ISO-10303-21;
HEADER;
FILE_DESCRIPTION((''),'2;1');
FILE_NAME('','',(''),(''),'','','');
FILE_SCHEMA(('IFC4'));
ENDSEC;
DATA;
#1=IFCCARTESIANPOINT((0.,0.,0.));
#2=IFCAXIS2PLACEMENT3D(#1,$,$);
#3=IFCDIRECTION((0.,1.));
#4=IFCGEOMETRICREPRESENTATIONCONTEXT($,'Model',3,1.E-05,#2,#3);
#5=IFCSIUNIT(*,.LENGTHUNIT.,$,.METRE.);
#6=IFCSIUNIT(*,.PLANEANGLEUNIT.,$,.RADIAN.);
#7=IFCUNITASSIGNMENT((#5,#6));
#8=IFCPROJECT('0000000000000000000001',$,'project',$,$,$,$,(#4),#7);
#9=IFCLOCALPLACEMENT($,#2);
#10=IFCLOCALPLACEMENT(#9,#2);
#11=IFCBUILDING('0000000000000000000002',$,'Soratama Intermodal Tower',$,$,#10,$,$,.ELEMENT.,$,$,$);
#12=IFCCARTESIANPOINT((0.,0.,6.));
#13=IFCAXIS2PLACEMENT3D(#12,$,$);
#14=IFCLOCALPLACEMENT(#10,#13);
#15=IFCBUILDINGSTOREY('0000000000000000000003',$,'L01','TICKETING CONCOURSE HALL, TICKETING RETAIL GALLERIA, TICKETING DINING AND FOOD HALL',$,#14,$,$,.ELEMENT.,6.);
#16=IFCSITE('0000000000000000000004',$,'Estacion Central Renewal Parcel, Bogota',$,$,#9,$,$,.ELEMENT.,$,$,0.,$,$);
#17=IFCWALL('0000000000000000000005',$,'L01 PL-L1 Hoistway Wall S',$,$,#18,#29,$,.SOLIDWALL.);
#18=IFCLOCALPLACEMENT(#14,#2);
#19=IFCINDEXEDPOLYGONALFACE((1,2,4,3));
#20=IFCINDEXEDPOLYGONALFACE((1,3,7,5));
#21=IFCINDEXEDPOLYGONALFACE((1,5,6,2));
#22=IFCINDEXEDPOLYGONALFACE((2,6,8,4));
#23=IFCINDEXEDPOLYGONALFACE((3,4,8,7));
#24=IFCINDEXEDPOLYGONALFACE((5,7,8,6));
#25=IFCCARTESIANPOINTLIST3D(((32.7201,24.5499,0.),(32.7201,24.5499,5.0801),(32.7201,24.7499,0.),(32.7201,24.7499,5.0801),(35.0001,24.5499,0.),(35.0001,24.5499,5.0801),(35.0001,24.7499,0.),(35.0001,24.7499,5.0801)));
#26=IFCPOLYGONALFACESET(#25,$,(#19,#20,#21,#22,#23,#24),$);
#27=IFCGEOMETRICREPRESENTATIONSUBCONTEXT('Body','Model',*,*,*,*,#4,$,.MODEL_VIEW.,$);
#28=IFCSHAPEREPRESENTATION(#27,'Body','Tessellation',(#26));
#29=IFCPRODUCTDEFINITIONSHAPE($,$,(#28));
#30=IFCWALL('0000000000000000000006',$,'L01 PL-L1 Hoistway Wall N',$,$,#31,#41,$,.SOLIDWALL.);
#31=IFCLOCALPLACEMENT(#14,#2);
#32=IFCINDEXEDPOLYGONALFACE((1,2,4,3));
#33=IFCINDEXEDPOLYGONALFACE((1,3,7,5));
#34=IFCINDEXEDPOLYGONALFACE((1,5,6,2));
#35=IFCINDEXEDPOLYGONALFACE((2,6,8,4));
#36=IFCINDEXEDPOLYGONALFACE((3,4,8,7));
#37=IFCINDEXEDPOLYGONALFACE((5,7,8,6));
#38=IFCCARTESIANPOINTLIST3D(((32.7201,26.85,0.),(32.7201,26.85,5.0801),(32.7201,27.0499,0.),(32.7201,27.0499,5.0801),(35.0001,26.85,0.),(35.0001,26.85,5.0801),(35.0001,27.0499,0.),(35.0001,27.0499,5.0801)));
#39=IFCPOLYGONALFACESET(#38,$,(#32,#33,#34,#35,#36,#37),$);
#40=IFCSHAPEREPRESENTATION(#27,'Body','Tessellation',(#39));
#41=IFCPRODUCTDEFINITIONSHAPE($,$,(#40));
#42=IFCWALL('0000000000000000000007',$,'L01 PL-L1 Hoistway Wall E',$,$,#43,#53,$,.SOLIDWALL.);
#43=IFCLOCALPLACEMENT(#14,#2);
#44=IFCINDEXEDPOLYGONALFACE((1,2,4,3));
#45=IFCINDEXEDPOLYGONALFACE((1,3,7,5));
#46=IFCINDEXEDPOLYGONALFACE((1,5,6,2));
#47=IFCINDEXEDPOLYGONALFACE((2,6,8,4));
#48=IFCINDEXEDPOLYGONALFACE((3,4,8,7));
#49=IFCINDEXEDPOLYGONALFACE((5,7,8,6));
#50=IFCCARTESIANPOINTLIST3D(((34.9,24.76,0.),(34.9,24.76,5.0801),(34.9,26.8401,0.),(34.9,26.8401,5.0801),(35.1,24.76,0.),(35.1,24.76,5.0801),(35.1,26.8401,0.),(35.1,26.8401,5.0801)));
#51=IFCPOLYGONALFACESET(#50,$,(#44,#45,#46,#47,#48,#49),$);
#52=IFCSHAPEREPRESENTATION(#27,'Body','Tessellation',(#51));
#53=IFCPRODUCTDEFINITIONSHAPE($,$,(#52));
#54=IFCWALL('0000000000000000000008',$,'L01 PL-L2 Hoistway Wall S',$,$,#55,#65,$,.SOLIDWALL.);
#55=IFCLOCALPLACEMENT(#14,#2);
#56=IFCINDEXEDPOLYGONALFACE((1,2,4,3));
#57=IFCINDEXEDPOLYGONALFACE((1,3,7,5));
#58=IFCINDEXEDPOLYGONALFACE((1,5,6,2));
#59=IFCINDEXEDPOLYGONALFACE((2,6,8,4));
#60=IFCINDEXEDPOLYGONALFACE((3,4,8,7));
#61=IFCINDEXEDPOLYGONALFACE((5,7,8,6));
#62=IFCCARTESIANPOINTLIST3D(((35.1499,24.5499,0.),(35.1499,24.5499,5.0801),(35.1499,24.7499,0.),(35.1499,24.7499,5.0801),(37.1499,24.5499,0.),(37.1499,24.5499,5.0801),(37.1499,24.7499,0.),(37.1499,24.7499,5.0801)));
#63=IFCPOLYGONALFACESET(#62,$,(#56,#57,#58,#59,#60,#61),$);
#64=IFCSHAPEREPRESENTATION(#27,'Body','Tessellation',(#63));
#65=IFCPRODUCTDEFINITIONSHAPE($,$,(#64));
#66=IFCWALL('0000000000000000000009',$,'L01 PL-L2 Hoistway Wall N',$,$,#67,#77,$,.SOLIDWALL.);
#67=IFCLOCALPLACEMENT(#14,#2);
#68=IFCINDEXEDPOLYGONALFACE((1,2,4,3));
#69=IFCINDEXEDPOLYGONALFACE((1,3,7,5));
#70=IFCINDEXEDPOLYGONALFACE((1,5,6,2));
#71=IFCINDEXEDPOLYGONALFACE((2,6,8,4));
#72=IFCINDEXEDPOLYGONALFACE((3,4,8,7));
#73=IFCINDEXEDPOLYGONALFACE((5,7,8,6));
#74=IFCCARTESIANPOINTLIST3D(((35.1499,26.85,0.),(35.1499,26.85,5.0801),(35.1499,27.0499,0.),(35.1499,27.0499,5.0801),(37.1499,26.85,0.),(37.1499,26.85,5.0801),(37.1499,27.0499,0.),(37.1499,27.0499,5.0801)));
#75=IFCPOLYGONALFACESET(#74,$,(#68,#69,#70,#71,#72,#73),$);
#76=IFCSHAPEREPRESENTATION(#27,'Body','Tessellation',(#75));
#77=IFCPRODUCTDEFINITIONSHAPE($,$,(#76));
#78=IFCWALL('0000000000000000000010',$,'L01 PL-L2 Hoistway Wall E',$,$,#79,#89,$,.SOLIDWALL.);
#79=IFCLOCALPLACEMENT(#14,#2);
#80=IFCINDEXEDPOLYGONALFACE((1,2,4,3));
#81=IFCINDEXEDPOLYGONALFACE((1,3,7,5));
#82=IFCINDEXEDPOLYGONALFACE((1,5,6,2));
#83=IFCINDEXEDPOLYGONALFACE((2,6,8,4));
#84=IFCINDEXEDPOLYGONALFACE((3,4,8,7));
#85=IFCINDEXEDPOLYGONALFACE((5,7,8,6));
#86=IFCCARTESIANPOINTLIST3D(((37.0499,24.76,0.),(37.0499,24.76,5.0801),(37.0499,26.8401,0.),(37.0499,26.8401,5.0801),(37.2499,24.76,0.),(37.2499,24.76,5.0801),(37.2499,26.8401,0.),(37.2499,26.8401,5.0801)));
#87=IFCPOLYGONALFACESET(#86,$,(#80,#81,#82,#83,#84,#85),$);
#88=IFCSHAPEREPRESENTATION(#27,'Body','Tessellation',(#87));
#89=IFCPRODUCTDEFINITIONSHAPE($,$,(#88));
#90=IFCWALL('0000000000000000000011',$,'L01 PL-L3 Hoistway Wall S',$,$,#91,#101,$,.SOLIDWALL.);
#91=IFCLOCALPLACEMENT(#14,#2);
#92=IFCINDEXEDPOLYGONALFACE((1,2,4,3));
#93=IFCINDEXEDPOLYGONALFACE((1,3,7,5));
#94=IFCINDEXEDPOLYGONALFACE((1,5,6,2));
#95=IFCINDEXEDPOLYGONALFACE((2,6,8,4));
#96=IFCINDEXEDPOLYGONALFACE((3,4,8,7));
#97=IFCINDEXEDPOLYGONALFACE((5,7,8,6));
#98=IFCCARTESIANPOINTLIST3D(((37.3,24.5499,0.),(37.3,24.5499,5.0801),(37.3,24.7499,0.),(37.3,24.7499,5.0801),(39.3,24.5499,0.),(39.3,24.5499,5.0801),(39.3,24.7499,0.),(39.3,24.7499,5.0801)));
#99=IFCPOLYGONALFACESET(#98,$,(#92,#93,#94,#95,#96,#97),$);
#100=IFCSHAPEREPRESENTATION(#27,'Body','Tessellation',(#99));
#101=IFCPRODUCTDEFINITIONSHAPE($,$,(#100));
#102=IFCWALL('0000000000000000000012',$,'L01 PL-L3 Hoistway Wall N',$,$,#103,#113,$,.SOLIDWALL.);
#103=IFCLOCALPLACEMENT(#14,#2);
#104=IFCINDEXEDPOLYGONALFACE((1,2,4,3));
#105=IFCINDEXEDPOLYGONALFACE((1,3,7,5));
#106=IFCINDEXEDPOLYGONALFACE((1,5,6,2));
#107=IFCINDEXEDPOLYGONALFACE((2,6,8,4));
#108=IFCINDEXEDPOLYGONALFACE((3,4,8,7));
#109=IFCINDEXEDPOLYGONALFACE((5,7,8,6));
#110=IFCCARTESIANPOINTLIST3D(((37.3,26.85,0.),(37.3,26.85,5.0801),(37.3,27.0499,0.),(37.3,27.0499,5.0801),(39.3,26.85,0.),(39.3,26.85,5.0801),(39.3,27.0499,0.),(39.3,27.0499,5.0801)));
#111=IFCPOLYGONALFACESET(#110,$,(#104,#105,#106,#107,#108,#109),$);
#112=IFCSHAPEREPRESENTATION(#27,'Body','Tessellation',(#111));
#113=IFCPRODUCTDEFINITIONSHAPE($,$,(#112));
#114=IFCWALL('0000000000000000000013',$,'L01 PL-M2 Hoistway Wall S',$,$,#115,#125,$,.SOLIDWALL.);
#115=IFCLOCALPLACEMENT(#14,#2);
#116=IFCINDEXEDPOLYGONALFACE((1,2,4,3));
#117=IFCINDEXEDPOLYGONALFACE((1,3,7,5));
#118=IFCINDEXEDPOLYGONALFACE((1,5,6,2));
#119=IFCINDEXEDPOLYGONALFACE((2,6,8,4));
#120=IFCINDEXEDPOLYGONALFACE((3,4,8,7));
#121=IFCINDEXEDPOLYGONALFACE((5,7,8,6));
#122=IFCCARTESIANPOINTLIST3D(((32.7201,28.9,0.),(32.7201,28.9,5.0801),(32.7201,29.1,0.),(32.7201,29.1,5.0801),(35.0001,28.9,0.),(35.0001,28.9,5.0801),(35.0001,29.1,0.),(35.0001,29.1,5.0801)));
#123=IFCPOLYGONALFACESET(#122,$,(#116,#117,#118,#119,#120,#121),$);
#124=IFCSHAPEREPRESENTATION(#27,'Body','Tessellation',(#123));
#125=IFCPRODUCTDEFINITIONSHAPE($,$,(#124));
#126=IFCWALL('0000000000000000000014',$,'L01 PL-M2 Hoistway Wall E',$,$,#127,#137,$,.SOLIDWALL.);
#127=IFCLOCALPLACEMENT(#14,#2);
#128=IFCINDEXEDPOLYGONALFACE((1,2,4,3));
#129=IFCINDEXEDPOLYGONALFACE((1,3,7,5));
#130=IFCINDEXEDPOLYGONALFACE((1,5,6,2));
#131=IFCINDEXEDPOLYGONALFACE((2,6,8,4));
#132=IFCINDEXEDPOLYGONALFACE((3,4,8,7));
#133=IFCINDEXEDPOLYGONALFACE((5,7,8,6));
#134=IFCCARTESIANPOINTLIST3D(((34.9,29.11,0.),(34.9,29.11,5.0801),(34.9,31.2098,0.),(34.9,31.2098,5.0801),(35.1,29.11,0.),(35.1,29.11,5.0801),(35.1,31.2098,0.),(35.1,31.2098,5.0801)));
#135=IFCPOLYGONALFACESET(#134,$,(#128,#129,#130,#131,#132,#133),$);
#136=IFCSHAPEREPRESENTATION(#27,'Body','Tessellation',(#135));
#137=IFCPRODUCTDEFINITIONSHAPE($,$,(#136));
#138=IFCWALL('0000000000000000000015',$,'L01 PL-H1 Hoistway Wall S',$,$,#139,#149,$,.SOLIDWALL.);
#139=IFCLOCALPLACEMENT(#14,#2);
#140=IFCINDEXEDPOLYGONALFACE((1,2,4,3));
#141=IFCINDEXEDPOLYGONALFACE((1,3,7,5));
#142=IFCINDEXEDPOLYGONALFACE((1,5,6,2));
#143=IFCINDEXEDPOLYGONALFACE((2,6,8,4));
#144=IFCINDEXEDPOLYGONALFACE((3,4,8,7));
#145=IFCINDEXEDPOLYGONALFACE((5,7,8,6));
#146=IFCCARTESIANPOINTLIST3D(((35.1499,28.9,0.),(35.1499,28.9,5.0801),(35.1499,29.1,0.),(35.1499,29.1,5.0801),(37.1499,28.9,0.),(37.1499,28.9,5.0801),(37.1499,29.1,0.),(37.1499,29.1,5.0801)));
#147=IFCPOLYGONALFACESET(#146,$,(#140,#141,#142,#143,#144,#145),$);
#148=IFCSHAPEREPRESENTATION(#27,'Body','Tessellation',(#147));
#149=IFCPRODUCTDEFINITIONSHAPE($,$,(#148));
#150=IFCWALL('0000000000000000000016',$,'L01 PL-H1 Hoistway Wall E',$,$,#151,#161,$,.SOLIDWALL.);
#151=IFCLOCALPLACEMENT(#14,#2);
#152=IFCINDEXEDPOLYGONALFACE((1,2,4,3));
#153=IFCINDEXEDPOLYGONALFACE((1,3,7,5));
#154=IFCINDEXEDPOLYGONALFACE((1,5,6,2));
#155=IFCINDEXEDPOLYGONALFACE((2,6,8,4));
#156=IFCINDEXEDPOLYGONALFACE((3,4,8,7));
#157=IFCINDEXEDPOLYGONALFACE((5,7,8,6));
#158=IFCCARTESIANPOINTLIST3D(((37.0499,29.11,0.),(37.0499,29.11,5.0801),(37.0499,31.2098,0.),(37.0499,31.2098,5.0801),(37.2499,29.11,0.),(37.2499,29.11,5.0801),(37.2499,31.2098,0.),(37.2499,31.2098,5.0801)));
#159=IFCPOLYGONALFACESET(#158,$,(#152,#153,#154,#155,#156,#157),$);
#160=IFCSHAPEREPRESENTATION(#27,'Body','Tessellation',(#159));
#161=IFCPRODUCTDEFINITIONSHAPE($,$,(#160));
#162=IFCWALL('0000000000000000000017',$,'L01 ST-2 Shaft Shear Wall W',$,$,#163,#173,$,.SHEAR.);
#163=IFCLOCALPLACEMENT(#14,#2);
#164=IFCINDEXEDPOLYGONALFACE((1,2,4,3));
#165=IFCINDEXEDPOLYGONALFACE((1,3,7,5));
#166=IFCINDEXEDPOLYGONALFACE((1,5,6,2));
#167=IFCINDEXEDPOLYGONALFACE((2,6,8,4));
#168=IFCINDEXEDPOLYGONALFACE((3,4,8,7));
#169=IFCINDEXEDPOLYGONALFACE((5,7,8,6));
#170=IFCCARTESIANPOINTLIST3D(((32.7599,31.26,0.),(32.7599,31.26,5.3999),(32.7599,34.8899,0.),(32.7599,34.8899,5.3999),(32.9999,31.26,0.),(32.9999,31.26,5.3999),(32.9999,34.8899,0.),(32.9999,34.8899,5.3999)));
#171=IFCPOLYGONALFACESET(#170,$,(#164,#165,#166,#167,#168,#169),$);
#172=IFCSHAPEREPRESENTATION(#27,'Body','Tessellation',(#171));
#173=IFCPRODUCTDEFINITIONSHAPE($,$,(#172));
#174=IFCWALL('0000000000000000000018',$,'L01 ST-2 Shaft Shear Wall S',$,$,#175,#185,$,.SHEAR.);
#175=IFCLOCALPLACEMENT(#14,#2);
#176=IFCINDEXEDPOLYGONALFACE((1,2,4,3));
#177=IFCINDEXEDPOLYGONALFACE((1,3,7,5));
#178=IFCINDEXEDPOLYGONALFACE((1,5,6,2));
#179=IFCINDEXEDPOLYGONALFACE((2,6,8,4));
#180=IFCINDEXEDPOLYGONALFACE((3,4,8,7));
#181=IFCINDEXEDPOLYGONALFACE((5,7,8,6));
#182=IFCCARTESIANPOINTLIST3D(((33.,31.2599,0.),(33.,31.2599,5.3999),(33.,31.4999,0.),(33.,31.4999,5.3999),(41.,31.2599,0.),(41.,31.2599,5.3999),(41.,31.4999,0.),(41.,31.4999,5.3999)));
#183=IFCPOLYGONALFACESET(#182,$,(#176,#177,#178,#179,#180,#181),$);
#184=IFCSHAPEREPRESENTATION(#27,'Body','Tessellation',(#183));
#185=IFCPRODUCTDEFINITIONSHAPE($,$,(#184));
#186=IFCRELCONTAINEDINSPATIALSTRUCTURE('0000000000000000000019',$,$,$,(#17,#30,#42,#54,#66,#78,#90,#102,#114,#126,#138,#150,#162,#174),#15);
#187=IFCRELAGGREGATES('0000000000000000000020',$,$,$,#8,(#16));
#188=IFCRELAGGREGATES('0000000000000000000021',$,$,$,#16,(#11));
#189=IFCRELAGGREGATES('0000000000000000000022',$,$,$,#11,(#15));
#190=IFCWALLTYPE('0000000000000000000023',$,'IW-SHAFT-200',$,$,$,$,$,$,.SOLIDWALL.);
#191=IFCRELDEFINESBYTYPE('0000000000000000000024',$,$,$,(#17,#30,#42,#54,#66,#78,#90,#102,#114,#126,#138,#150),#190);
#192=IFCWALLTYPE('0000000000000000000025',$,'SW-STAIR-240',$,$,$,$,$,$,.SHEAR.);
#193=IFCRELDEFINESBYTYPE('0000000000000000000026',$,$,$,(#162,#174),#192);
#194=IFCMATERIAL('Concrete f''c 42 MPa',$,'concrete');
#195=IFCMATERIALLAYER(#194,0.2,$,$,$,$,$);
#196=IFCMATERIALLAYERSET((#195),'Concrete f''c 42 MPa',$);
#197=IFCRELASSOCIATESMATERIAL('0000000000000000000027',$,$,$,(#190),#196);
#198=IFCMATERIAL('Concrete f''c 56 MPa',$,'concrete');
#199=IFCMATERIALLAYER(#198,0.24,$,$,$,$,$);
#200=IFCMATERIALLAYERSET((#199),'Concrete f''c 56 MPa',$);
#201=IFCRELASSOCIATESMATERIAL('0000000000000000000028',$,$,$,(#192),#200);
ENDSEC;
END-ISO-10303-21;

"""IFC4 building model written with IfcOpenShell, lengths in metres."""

from ifc_helpers import new_model, si_unit, direction, frame, frame_2d, origin, place, context, subcontext, project, spatial, rectangle, extrude, material, layer, layer_set, type_object, element, save


model = new_model("IFC4")

# Units and contexts
model_context = context("Model", 3, precision=1e-05, world=origin(), true_north=direction((0.0, 1.0)))
body_context = subcontext(model_context, "Body", "Model", "MODEL_VIEW")
ifc_project = project(units=[si_unit("LENGTHUNIT", "METRE"), si_unit("PLANEANGLEUNIT", "RADIAN")], contexts=[model_context])

# Site, building, storey
site_placement = place(None, origin())
site = spatial("IfcSite", under=ifc_project, at=site_placement, Name="Estacion Central Renewal Parcel, Bogota", CompositionType="ELEMENT", RefElevation=0.0)
building_placement = place(site_placement, origin())
building = spatial("IfcBuilding", under=site, at=building_placement, Name="Soratama Intermodal Tower", CompositionType="ELEMENT")
storey_placement = place(building_placement, frame((0.0, 0.0, 6.0)))
storey = spatial("IfcBuildingStorey", under=building, at=storey_placement, Name="L01", Description="TICKETING CONCOURSE HALL, TICKETING RETAIL GALLERIA, TICKETING DINING AND FOOD HALL", CompositionType="ELEMENT", Elevation=6.0)

# Walls
ifc_material_1 = material(Name="Concrete f'c 42 MPa", Category="concrete")
ifc_layer_1 = layer(ifc_material_1, 0.2)
ifc_layer_set_1 = layer_set([ifc_layer_1], Name="Concrete f'c 42 MPa")
wall_type_1 = type_object("IfcWallType", Name="IW-SHAFT-200", PredefinedType="SOLIDWALL", material=ifc_layer_set_1)
for number, where, z_axis, x_axis, name in (
    (1, (32.72, 24.6499, 0.0), (0.0, 0.0, 1.0), (1.0, 0.0, 0.0), "L01 PL-L1 Hoistway Wall S"),
    (2, (32.72, 26.95, 0.0), (0.0, 0.0, 1.0), (1.0, 0.0, 0.0), "L01 PL-L1 Hoistway Wall N"),
):
    element("IfcWall", number, at=place(storey_placement, frame(where, z_axis=z_axis, x_axis=x_axis)), inside=storey, type_object=wall_type_1, Name=name, PredefinedType="SOLIDWALL", context=body_context, shape_type="SweptSolid", body=[
        extrude(rectangle(XDim=2.28, YDim=0.2, at=frame_2d((1.1401, 0.0))), origin(), (0.0, 0.0, 1.0), 5.0801),
    ])
wall_1_placement = place(storey_placement, frame((35.0, 24.76, 0.0), z_axis=(0.0, 0.0, 1.0), x_axis=(0.0, 1.0, 0.0)))
element("IfcWall", 3, at=wall_1_placement, inside=storey, type_object=wall_type_1, Name="L01 PL-L1 Hoistway Wall E", PredefinedType="SOLIDWALL", context=body_context, shape_type="SweptSolid", body=[
    extrude(rectangle(XDim=2.0801, YDim=0.2, at=frame_2d((1.04, 0.0))), origin(), (0.0, 0.0, 1.0), 5.0801),
])
for number, where, z_axis, x_axis, name in (
    (4, (35.1499, 24.6499, 0.0), (0.0, 0.0, 1.0), (1.0, 0.0, 0.0), "L01 PL-L2 Hoistway Wall S"),
    (5, (35.1499, 26.95, 0.0), (0.0, 0.0, 1.0), (1.0, 0.0, 0.0), "L01 PL-L2 Hoistway Wall N"),
):
    element("IfcWall", number, at=place(storey_placement, frame(where, z_axis=z_axis, x_axis=x_axis)), inside=storey, type_object=wall_type_1, Name=name, PredefinedType="SOLIDWALL", context=body_context, shape_type="SweptSolid", body=[
        extrude(rectangle(XDim=2.0, YDim=0.2, at=frame_2d((1.0, 0.0))), origin(), (0.0, 0.0, 1.0), 5.0801),
    ])
wall_2_placement = place(storey_placement, frame((37.1499, 24.76, 0.0), z_axis=(0.0, 0.0, 1.0), x_axis=(0.0, 1.0, 0.0)))
element("IfcWall", 6, at=wall_2_placement, inside=storey, type_object=wall_type_1, Name="L01 PL-L2 Hoistway Wall E", PredefinedType="SOLIDWALL", context=body_context, shape_type="SweptSolid", body=[
    extrude(rectangle(XDim=2.0801, YDim=0.2, at=frame_2d((1.04, 0.0))), origin(), (0.0, 0.0, 1.0), 5.0801),
])
for number, where, z_axis, x_axis, name in (
    (7, (37.3, 24.6499, 0.0), (0.0, 0.0, 1.0), (1.0, 0.0, 0.0), "L01 PL-L3 Hoistway Wall S"),
    (8, (37.3, 26.95, 0.0), (0.0, 0.0, 1.0), (1.0, 0.0, 0.0), "L01 PL-L3 Hoistway Wall N"),
):
    element("IfcWall", number, at=place(storey_placement, frame(where, z_axis=z_axis, x_axis=x_axis)), inside=storey, type_object=wall_type_1, Name=name, PredefinedType="SOLIDWALL", context=body_context, shape_type="SweptSolid", body=[
        extrude(rectangle(XDim=2.0, YDim=0.2, at=frame_2d((1.0, 0.0))), origin(), (0.0, 0.0, 1.0), 5.0801),
    ])
wall_3_placement = place(storey_placement, frame((32.72, 29.0, 0.0), z_axis=(0.0, 0.0, 1.0), x_axis=(1.0, 0.0, 0.0)))
element("IfcWall", 9, at=wall_3_placement, inside=storey, type_object=wall_type_1, Name="L01 PL-M2 Hoistway Wall S", PredefinedType="SOLIDWALL", context=body_context, shape_type="SweptSolid", body=[
    extrude(rectangle(XDim=2.28, YDim=0.2, at=frame_2d((1.1401, 0.0))), origin(), (0.0, 0.0, 1.0), 5.0801),
])
wall_4_placement = place(storey_placement, frame((35.0, 29.1101, 0.0), z_axis=(0.0, 0.0, 1.0), x_axis=(0.0, 1.0, 0.0)))
element("IfcWall", 10, at=wall_4_placement, inside=storey, type_object=wall_type_1, Name="L01 PL-M2 Hoistway Wall E", PredefinedType="SOLIDWALL", context=body_context, shape_type="SweptSolid", body=[
    extrude(rectangle(XDim=2.0999, YDim=0.2, at=frame_2d((1.0498, 0.0))), origin(), (0.0, 0.0, 1.0), 5.0801),
])
wall_5_placement = place(storey_placement, frame((35.1499, 29.0, 0.0), z_axis=(0.0, 0.0, 1.0), x_axis=(1.0, 0.0, 0.0)))
element("IfcWall", 11, at=wall_5_placement, inside=storey, type_object=wall_type_1, Name="L01 PL-H1 Hoistway Wall S", PredefinedType="SOLIDWALL", context=body_context, shape_type="SweptSolid", body=[
    extrude(rectangle(XDim=2.0, YDim=0.2, at=frame_2d((1.0, 0.0))), origin(), (0.0, 0.0, 1.0), 5.0801),
])
wall_6_placement = place(storey_placement, frame((37.1499, 29.1101, 0.0), z_axis=(0.0, 0.0, 1.0), x_axis=(0.0, 1.0, 0.0)))
element("IfcWall", 12, at=wall_6_placement, inside=storey, type_object=wall_type_1, Name="L01 PL-H1 Hoistway Wall E", PredefinedType="SOLIDWALL", context=body_context, shape_type="SweptSolid", body=[
    extrude(rectangle(XDim=2.0999, YDim=0.2, at=frame_2d((1.0498, 0.0))), origin(), (0.0, 0.0, 1.0), 5.0801),
])
ifc_material_2 = material(Name="Concrete f'c 56 MPa", Category="concrete")
ifc_layer_2 = layer(ifc_material_2, 0.24)
ifc_layer_set_2 = layer_set([ifc_layer_2], Name="Concrete f'c 56 MPa")
wall_type_2 = type_object("IfcWallType", Name="SW-STAIR-240", PredefinedType="SHEAR", material=ifc_layer_set_2)
wall_7_placement = place(storey_placement, frame((32.8799, 31.26, 0.0), z_axis=(0.0, 0.0, 1.0), x_axis=(0.0, 1.0, 0.0)))
element("IfcWall", 13, at=wall_7_placement, inside=storey, type_object=wall_type_2, Name="L01 ST-2 Shaft Shear Wall W", PredefinedType="SHEAR", context=body_context, shape_type="SweptSolid", body=[
    extrude(rectangle(XDim=3.6299, YDim=0.24, at=frame_2d((1.8149, 0.0))), origin(), (0.0, 0.0, 1.0), 5.3999),
])
wall_8_placement = place(storey_placement, frame((33.0, 31.3799, 0.0), z_axis=(0.0, 0.0, 1.0), x_axis=(1.0, 0.0, 0.0)))
element("IfcWall", 14, at=wall_8_placement, inside=storey, type_object=wall_type_2, Name="L01 ST-2 Shaft Shear Wall S", PredefinedType="SHEAR", context=body_context, shape_type="SweptSolid", body=[
    extrude(rectangle(XDim=8.0, YDim=0.24, at=frame_2d((4.0, 0.0))), origin(), (0.0, 0.0, 1.0), 5.3999),
])

save(model, "model.ifc")
